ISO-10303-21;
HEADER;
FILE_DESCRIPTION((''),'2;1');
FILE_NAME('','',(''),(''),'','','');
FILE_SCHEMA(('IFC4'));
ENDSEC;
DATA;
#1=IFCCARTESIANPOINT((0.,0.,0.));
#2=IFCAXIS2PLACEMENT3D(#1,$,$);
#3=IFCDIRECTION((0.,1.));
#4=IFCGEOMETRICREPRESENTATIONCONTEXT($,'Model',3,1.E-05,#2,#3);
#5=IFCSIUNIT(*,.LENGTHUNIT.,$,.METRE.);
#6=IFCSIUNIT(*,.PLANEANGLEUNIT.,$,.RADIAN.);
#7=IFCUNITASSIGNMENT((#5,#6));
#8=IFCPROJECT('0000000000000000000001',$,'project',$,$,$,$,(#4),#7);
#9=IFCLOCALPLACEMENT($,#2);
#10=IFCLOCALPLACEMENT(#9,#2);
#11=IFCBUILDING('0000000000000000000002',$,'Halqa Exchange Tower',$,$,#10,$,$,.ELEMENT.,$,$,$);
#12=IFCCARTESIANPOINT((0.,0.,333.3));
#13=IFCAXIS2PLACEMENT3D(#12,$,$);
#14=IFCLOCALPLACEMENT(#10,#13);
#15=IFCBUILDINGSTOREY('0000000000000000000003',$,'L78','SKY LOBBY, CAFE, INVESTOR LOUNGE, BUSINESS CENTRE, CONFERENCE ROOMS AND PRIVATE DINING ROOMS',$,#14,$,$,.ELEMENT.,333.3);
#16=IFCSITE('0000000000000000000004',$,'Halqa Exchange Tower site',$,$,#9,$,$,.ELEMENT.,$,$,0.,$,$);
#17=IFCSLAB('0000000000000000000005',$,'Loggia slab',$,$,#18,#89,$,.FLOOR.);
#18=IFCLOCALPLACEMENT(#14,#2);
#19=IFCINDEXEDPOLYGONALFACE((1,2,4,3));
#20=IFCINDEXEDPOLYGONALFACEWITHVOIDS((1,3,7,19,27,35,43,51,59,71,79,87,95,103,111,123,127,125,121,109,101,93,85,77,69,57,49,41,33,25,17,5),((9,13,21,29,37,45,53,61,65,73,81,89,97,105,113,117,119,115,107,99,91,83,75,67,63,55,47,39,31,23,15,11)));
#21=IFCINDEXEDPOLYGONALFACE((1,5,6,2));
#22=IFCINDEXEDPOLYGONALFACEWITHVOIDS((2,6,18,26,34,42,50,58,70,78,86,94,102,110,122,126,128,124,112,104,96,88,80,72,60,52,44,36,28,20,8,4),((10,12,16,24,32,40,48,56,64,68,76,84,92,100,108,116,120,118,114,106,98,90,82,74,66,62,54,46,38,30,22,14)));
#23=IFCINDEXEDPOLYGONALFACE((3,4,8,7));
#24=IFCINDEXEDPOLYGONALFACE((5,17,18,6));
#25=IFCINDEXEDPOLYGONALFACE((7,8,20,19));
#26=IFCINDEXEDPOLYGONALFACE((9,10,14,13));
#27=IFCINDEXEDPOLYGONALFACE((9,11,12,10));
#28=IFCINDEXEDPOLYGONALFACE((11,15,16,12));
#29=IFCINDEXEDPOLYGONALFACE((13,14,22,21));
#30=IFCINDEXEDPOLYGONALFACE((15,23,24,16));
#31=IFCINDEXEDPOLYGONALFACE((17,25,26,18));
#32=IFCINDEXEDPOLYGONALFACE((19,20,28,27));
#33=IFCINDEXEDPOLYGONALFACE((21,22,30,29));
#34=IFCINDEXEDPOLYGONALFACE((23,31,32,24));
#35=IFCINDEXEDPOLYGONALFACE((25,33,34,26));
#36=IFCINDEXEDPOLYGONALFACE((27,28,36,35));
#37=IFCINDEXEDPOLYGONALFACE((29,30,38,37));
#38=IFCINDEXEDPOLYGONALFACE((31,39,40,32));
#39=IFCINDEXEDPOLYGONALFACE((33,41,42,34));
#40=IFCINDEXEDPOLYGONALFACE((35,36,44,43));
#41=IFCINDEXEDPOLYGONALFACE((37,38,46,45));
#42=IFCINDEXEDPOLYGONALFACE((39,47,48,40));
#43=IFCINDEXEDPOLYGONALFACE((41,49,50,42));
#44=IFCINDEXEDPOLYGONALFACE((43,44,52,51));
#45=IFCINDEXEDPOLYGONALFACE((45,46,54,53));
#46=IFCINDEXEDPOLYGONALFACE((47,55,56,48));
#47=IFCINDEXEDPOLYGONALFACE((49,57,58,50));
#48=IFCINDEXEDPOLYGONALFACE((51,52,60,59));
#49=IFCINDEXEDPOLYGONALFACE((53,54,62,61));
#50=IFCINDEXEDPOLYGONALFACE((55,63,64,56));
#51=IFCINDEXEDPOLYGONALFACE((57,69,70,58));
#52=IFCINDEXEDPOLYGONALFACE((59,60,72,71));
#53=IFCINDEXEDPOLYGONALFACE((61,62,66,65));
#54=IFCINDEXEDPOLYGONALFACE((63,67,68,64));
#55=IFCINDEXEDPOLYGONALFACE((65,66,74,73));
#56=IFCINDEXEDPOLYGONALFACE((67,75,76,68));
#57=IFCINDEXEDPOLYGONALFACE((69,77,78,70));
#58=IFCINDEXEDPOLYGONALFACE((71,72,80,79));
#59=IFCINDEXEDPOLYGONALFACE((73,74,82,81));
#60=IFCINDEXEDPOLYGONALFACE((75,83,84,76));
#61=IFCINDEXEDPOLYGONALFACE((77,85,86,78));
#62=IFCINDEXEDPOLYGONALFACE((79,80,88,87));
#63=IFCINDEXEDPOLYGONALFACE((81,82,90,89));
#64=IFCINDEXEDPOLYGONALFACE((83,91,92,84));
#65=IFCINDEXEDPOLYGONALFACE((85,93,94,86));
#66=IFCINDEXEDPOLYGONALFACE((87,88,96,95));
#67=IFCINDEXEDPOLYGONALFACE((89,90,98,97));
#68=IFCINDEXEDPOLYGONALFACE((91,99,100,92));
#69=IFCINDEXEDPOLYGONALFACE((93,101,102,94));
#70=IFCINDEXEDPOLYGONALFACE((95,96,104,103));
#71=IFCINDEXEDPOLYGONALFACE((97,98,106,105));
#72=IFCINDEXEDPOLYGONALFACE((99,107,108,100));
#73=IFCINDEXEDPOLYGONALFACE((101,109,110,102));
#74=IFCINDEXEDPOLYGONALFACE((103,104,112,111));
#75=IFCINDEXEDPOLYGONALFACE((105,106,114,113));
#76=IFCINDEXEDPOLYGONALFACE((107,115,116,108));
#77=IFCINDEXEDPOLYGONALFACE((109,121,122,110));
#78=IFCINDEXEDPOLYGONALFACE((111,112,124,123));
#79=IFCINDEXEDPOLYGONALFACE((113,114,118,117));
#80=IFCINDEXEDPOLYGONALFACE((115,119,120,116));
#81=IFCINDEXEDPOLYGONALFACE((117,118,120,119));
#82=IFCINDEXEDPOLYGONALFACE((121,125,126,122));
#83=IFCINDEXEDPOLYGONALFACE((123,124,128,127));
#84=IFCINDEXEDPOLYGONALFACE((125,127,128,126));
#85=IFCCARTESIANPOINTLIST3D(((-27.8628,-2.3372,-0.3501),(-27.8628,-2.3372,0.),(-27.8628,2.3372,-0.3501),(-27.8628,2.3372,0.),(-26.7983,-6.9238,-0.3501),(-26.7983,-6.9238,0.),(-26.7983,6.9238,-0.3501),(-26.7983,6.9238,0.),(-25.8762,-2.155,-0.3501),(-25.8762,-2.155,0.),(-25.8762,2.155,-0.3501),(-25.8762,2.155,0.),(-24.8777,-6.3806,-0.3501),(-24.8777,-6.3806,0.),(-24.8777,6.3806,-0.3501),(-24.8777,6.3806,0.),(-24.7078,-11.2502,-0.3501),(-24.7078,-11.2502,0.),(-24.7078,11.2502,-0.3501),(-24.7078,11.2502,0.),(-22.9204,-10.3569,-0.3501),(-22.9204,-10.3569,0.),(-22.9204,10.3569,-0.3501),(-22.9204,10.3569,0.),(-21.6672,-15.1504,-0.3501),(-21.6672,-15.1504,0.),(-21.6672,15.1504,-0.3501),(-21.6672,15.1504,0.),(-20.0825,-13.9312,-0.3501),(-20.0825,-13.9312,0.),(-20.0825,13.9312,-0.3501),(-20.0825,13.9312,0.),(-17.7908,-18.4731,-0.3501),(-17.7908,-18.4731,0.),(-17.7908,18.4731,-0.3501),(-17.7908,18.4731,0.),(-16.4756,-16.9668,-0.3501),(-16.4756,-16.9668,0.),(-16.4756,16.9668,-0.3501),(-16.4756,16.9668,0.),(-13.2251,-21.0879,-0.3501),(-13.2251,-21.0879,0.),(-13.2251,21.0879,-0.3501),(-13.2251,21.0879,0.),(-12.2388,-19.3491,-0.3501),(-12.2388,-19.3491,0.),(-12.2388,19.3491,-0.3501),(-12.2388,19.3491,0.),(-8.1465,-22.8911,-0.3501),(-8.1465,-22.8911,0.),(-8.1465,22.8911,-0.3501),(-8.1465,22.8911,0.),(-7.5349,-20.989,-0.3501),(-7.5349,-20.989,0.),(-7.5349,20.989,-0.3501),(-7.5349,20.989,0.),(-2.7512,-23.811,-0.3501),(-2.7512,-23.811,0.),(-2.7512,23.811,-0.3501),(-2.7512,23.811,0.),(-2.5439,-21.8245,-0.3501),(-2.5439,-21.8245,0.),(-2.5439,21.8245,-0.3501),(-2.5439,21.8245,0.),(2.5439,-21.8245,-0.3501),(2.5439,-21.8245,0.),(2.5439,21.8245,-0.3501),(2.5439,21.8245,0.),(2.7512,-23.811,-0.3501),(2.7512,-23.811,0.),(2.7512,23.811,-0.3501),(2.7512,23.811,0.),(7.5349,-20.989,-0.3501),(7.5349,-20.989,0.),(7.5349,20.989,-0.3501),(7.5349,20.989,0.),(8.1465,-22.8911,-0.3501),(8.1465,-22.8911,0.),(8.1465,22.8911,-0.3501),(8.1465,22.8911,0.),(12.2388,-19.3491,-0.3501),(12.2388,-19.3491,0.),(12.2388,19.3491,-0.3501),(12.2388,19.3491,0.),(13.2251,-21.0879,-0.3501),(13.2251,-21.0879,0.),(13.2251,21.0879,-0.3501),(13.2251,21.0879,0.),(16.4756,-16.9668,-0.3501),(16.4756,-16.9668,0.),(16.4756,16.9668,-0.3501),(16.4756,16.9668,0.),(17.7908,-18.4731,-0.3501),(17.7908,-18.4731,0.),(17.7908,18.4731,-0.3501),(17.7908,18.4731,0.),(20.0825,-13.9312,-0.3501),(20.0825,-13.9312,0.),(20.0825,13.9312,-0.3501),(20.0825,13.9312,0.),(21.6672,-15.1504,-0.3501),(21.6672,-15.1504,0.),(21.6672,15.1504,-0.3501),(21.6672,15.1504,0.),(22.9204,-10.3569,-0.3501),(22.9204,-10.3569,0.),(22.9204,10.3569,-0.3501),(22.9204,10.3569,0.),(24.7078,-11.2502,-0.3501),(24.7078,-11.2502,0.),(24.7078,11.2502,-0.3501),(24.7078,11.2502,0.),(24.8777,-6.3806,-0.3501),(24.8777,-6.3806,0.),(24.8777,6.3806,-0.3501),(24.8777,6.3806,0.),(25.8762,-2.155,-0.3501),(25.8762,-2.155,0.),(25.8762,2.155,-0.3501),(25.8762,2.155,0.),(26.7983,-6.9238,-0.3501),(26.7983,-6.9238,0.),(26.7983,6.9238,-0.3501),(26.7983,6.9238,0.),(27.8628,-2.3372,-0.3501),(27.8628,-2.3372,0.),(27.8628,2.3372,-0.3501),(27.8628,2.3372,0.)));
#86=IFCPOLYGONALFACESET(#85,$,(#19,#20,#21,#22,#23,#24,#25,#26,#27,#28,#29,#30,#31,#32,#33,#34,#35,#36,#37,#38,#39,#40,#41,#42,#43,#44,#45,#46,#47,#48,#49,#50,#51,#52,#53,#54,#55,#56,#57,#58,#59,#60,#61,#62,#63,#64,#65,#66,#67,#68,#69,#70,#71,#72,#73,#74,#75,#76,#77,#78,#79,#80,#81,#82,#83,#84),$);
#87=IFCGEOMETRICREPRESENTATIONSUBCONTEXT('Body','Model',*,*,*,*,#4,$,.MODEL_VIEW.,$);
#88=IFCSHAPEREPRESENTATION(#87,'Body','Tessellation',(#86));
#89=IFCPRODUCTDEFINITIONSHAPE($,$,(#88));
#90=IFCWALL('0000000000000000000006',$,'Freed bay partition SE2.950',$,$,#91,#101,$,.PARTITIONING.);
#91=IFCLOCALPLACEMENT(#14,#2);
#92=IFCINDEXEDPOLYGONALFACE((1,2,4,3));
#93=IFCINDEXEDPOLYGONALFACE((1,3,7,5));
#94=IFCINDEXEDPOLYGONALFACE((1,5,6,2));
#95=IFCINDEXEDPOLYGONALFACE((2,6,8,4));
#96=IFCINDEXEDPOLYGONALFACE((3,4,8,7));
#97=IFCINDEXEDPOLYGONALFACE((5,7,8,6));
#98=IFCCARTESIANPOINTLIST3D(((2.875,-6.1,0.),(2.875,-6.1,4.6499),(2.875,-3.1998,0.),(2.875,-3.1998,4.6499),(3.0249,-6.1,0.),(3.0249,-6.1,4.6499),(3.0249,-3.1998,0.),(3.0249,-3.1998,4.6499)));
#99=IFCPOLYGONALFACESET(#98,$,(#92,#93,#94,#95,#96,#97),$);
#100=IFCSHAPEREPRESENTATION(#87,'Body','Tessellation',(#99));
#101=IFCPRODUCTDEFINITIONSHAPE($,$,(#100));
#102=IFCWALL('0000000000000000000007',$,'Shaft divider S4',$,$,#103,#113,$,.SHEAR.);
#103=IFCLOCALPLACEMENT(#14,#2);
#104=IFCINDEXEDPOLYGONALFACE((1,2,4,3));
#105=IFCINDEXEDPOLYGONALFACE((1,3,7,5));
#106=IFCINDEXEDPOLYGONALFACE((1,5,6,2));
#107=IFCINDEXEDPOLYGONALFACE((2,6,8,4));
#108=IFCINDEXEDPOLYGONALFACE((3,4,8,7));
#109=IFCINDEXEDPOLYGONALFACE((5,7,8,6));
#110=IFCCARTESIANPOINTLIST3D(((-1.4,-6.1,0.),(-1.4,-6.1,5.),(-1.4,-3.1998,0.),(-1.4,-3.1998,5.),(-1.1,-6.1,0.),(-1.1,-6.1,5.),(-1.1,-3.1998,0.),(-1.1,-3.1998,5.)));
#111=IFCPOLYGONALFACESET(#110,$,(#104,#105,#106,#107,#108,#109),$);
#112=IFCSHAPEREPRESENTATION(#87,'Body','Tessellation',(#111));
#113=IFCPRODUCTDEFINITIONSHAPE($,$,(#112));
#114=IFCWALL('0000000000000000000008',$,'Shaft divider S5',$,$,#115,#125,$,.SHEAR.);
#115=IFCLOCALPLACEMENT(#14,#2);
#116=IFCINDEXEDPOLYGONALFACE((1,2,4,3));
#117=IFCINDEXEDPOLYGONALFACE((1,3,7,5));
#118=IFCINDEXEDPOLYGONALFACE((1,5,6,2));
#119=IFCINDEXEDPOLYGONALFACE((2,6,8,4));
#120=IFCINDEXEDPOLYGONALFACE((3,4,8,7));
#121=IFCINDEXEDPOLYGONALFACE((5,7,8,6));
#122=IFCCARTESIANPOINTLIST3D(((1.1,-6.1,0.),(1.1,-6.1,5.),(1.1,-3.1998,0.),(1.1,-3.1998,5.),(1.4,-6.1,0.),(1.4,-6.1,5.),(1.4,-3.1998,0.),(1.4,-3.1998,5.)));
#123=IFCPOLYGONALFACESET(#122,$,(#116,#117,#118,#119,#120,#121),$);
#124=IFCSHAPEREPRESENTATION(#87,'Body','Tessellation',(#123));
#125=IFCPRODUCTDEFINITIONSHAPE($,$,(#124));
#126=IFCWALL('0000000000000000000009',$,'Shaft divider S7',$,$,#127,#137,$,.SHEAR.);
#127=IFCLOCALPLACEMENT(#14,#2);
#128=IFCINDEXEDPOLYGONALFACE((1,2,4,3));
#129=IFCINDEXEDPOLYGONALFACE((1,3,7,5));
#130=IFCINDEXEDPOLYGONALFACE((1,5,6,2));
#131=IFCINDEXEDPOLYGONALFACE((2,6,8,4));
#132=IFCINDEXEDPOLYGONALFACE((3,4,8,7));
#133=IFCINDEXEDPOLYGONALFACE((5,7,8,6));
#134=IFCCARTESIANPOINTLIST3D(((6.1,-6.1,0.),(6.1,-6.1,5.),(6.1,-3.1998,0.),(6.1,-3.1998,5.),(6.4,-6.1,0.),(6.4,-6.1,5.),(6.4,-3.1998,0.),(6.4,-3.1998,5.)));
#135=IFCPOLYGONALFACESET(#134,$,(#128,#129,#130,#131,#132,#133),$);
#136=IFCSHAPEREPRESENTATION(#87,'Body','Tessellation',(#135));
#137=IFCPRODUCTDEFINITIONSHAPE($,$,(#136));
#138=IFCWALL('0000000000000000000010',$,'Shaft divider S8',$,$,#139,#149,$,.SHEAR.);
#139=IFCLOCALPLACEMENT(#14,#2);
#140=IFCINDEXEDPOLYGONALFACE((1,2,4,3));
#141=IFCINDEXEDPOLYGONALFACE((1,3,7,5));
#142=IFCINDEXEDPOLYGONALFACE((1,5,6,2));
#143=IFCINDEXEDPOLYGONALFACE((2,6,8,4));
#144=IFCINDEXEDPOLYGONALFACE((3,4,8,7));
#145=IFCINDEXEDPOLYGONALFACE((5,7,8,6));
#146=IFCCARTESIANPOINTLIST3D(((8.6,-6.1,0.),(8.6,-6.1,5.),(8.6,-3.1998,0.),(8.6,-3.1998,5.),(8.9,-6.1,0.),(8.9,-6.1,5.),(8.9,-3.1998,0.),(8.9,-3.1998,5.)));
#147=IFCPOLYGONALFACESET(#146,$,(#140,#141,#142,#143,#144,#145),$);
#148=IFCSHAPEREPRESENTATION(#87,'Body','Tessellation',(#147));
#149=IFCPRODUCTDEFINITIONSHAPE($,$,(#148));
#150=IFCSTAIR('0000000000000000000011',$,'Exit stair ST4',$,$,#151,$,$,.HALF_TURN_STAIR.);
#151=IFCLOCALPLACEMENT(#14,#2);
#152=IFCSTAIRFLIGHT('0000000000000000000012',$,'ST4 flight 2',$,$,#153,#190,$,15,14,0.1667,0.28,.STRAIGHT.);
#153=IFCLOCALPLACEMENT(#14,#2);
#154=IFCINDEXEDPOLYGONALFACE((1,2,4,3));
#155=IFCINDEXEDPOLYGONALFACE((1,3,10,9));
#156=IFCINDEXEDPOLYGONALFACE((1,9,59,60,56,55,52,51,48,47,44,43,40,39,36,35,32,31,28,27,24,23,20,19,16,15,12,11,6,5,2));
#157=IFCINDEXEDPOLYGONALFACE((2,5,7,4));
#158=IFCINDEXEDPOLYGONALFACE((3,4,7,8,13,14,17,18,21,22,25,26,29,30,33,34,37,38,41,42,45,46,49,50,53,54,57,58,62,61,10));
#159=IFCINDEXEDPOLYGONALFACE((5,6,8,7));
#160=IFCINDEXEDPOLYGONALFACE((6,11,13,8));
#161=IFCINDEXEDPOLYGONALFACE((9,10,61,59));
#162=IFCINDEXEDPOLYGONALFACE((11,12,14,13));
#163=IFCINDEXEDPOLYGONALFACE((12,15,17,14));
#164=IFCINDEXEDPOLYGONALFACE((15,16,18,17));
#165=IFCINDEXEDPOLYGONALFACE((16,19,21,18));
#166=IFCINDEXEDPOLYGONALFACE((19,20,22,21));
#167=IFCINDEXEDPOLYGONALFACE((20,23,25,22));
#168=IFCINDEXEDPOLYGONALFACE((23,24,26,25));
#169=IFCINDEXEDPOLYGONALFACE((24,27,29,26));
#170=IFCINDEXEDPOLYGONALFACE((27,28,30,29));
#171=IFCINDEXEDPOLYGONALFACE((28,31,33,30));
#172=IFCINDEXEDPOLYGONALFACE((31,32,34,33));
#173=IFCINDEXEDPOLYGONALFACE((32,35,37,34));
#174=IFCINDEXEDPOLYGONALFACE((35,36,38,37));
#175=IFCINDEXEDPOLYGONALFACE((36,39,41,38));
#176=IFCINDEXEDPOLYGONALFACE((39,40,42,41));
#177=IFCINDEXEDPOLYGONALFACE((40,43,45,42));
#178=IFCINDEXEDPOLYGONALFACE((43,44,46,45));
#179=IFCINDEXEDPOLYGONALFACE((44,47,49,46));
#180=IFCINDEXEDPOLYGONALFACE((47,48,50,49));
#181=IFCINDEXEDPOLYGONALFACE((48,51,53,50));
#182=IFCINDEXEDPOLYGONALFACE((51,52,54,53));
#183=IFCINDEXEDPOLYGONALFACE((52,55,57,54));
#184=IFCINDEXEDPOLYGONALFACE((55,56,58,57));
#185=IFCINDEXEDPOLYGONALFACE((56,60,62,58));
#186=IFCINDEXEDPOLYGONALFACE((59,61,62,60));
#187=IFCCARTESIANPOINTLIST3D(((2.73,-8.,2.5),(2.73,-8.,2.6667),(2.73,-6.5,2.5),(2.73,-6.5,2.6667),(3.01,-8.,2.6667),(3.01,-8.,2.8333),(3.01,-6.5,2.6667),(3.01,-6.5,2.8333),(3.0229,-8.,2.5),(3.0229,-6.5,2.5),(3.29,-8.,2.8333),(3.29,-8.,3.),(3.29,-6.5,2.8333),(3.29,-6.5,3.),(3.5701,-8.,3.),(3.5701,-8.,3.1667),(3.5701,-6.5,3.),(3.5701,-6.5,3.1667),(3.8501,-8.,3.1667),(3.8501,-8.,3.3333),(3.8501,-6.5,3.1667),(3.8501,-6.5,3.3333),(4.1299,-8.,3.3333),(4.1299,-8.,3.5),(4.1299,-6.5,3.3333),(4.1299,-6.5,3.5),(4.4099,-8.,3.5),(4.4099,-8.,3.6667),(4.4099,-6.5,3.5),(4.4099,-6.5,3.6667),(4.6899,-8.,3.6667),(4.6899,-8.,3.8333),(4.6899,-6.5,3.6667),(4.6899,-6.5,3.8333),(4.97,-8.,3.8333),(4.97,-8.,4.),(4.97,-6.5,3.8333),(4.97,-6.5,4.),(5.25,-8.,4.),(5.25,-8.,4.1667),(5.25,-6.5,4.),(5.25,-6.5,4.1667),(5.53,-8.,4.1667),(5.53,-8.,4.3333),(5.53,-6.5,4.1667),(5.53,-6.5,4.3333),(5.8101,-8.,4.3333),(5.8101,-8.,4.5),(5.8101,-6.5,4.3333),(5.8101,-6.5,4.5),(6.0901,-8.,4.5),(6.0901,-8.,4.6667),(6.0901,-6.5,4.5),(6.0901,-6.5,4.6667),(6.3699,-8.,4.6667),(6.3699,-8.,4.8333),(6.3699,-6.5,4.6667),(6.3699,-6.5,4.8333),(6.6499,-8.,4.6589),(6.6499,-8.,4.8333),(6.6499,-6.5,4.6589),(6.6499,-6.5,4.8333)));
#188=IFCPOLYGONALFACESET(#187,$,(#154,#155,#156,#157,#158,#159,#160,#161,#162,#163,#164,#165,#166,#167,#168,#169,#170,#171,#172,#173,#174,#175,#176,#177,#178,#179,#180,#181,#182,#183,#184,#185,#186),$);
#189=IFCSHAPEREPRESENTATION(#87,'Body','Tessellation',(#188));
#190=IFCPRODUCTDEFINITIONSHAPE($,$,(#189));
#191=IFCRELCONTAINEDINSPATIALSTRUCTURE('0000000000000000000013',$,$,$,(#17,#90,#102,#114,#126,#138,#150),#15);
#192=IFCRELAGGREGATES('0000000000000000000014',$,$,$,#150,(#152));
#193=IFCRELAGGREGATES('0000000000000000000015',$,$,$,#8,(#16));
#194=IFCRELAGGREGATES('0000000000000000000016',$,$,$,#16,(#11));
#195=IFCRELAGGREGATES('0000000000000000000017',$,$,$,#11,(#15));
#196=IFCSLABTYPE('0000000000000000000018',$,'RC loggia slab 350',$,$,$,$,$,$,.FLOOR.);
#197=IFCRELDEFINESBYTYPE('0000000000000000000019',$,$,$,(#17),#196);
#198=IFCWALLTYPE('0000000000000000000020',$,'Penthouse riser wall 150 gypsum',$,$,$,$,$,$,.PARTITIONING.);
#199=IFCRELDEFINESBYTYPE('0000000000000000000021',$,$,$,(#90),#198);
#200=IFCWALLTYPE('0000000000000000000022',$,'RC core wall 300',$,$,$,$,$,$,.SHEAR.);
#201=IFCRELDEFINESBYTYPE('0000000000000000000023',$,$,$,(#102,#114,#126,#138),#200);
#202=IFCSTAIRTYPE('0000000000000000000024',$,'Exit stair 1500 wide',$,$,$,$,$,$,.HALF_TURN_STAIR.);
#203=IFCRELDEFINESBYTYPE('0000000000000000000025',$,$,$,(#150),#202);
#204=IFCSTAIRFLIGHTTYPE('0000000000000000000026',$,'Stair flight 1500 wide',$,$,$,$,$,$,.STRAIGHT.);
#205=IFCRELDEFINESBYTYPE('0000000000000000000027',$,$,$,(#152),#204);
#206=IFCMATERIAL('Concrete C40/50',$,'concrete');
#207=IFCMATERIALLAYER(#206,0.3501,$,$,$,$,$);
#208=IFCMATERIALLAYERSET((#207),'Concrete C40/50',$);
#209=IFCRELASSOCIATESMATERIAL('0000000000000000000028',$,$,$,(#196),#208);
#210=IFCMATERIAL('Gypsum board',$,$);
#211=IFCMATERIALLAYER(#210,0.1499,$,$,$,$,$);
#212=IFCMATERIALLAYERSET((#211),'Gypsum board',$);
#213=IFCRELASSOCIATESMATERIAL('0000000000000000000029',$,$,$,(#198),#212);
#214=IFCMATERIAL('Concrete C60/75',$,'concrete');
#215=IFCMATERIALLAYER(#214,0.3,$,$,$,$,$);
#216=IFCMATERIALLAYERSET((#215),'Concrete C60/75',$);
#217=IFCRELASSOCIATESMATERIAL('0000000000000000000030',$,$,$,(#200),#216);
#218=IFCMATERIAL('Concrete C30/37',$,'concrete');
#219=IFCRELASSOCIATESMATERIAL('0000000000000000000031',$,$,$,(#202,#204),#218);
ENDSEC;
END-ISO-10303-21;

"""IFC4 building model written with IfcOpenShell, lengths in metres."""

from ifc_helpers import new_model, si_unit, direction, frame, frame_2d, origin, place, context, subcontext, project, spatial, polyline, rectangle, outline, extrude, material, layer, layer_set, type_object, element, aggregate, save


model = new_model("IFC4")

# Units and contexts
model_context = context("Model", 3, precision=1e-05, world=origin(), true_north=direction((0.0, 1.0)))
body_context = subcontext(model_context, "Body", "Model", "MODEL_VIEW")
ifc_project = project(units=[si_unit("LENGTHUNIT", "METRE"), si_unit("PLANEANGLEUNIT", "RADIAN")], contexts=[model_context])

# Site, building, storey
site_placement = place(None, origin())
site = spatial("IfcSite", under=ifc_project, at=site_placement, Name="Halqa Exchange Tower site", CompositionType="ELEMENT", RefElevation=0.0)
building_placement = place(site_placement, origin())
building = spatial("IfcBuilding", under=site, at=building_placement, Name="Halqa Exchange Tower", CompositionType="ELEMENT")
storey_placement = place(building_placement, frame((0.0, 0.0, 333.3)))
storey = spatial("IfcBuildingStorey", under=building, at=storey_placement, Name="L78", Description="SKY LOBBY, CAFE, INVESTOR LOUNGE, BUSINESS CENTRE, CONFERENCE ROOMS AND PRIVATE DINING ROOMS", CompositionType="ELEMENT", Elevation=333.3)

# Slab
ifc_material_1 = material(Name="Concrete C60/75", Category="concrete")
ifc_material_2 = material(Name="Concrete C40/50", Category="concrete")
ifc_layer_1 = layer(ifc_material_2, 0.3501)
ifc_layer_set_1 = layer_set([ifc_layer_1], Name="Concrete C40/50")
slab_type_1 = type_object("IfcSlabType", Name="RC loggia slab 350", PredefinedType="FLOOR", material=ifc_layer_set_1)
slab_1_placement = place(storey_placement, frame((0.0, 0.0, -0.3501)))
element("IfcSlab", 1, at=slab_1_placement, inside=storey, type_object=slab_type_1, Name="Loggia slab", PredefinedType="FLOOR", context=body_context, shape_type="SweptSolid", body=[
    extrude(outline(polyline([(27.8628, 2.3372), (27.8628, -2.3372), (26.7983, -6.9238), (24.7078, -11.2502), (21.6672, -15.1504), (17.7908, -18.4731), (13.2251, -21.0879), (8.1465, -22.8911), (2.7512, -23.811), (-2.7512, -23.811), (-8.1465, -22.8911), (-13.2251, -21.0879), (-17.7908, -18.4731), (-21.6672, -15.1504), (-24.7078, -11.2502), (-26.7983, -6.9238), (-27.8628, -2.3372), (-27.8628, 2.3372), (-26.7983, 6.9238), (-24.7078, 11.2502), (-21.6672, 15.1504), (-17.7908, 18.4731), (-13.2251, 21.0879), (-8.1465, 22.8911), (-2.7512, 23.811), (2.7512, 23.811), (8.1465, 22.8911), (13.2251, 21.0879), (17.7908, 18.4731), (21.6672, 15.1504), (24.7078, 11.2502), (26.7983, 6.9238), (27.8628, 2.3372)]), holes=[polyline([(25.8762, 2.155), (24.8777, 6.3806), (22.9204, 10.3569), (20.0825, 13.9312), (16.4756, 16.9668), (12.2388, 19.3491), (7.5349, 20.989), (2.5439, 21.8245), (-2.5439, 21.8245), (-7.5349, 20.989), (-12.2388, 19.3491), (-16.4756, 16.9668), (-20.0825, 13.9312), (-22.9204, 10.3569), (-24.8777, 6.3806), (-25.8762, 2.155), (-25.8762, -2.155), (-24.8777, -6.3806), (-22.9204, -10.3569), (-20.0825, -13.9312), (-16.4756, -16.9668), (-12.2388, -19.3491), (-7.5349, -20.989), (-2.5439, -21.8245), (2.5439, -21.8245), (7.5349, -20.989), (12.2388, -19.3491), (16.4756, -16.9668), (20.0825, -13.9312), (22.9204, -10.3569), (24.8777, -6.3806), (25.8762, -2.155), (25.8762, 2.155)])]), origin(), (0.0, 0.0, 1.0), 0.3501),
])

# Walls
ifc_material_3 = material(Name="Gypsum board")
ifc_layer_2 = layer(ifc_material_3, 0.1499)
ifc_layer_set_2 = layer_set([ifc_layer_2], Name="Gypsum board")
wall_type_1 = type_object("IfcWallType", Name="Penthouse riser wall 150 gypsum", PredefinedType="PARTITIONING", material=ifc_layer_set_2)
wall_placement = place(storey_placement, frame((2.95, -6.1001, 0.0), z_axis=(0.0, 0.0, 1.0), x_axis=(0.0, 1.0, 0.0)))
element("IfcWall", 2, at=wall_placement, inside=storey, type_object=wall_type_1, Name="Freed bay partition SE2.950", PredefinedType="PARTITIONING", context=body_context, shape_type="SweptSolid", body=[
    extrude(rectangle(XDim=2.9001, YDim=0.1499, at=frame_2d((1.4502, 0.0))), origin(), (0.0, 0.0, 1.0), 4.6499),
])
ifc_layer_3 = layer(ifc_material_1, 0.3)
ifc_layer_set_3 = layer_set([ifc_layer_3], Name="Concrete C60/75")
wall_type_2 = type_object("IfcWallType", Name="RC core wall 300", PredefinedType="SHEAR", material=ifc_layer_set_3)
for number, where, z_axis, x_axis, name in (
    (3, (-1.25, -6.1001, 0.0), (0.0, 0.0, 1.0), (0.0, 1.0, 0.0), "Shaft divider S4"),
    (4, (1.25, -6.1001, 0.0), (0.0, 0.0, 1.0), (0.0, 1.0, 0.0), "Shaft divider S5"),
    (5, (6.25, -6.1001, 0.0), (0.0, 0.0, 1.0), (0.0, 1.0, 0.0), "Shaft divider S7"),
    (6, (8.75, -6.1001, 0.0), (0.0, 0.0, 1.0), (0.0, 1.0, 0.0), "Shaft divider S8"),
):
    element("IfcWall", number, at=place(storey_placement, frame(where, z_axis=z_axis, x_axis=x_axis)), inside=storey, type_object=wall_type_2, Name=name, PredefinedType="SHEAR", context=body_context, shape_type="SweptSolid", body=[
        extrude(rectangle(XDim=2.9001, YDim=0.3, at=frame_2d((1.4502, 0.0))), origin(), (0.0, 0.0, 1.0), 5.0),
    ])

# Stair, stair flight
ifc_material_4 = material(Name="Concrete C30/37", Category="concrete")
stair_type = type_object("IfcStairType", Name="Exit stair 1500 wide", PredefinedType="HALF_TURN_STAIR", material=ifc_material_4)
stair_placement = place(storey_placement, origin())
stair = element("IfcStair", 7, at=stair_placement, inside=storey, type_object=stair_type, Name="Exit stair ST4", PredefinedType="HALF_TURN_STAIR")
stair_flight_type = type_object("IfcStairFlightType", Name="Stair flight 1500 wide", PredefinedType="STRAIGHT", material=ifc_material_4)
stair_flight_placement = place(storey_placement, frame((2.73, -7.25, 2.5), z_axis=(0.0, 0.0, 1.0), x_axis=(1.0, 0.0, 0.0)))
stair_flight = element("IfcStairFlight", 8, at=stair_flight_placement, type_object=stair_flight_type, Name="ST4 flight 2", NumberOfRisers=15, NumberOfTreads=14, PredefinedType="STRAIGHT", RiserHeight=0.1667, TreadLength=0.28, context=body_context, shape_type="SweptSolid", body=[
    extrude(outline(polyline([(0.0, 0.0), (0.0, 0.1667), (0.28, 0.1667), (0.28, 0.3333), (0.5601, 0.3333), (0.5601, 0.5), (0.8401, 0.5), (0.8401, 0.6667), (1.1201, 0.6667), (1.1201, 0.8333), (1.3999, 0.8333), (1.3999, 1.0), (1.6799, 1.0), (1.6799, 1.1667), (1.96, 1.1667), (1.96, 1.3333), (2.24, 1.3333), (2.24, 1.5), (2.52, 1.5), (2.52, 1.6667), (2.8, 1.6667), (2.8, 1.8333), (3.0801, 1.8333), (3.0801, 2.0), (3.3601, 2.0), (3.3601, 2.1667), (3.6399, 2.1667), (3.6399, 2.3333), (3.9199, 2.3333), (3.9199, 2.5), (3.9199, 2.1589), (0.293, 0.0), (0.0, 0.0)])), frame((0.0, 0.75, 0.0), z_axis=(0.0, -1.0, 0.0), x_axis=(1.0, 0.0, 0.0)), (0.0, 0.0, 1.0), 1.5),
])
aggregate(stair, [stair_flight])

save(model, "model.ifc")
